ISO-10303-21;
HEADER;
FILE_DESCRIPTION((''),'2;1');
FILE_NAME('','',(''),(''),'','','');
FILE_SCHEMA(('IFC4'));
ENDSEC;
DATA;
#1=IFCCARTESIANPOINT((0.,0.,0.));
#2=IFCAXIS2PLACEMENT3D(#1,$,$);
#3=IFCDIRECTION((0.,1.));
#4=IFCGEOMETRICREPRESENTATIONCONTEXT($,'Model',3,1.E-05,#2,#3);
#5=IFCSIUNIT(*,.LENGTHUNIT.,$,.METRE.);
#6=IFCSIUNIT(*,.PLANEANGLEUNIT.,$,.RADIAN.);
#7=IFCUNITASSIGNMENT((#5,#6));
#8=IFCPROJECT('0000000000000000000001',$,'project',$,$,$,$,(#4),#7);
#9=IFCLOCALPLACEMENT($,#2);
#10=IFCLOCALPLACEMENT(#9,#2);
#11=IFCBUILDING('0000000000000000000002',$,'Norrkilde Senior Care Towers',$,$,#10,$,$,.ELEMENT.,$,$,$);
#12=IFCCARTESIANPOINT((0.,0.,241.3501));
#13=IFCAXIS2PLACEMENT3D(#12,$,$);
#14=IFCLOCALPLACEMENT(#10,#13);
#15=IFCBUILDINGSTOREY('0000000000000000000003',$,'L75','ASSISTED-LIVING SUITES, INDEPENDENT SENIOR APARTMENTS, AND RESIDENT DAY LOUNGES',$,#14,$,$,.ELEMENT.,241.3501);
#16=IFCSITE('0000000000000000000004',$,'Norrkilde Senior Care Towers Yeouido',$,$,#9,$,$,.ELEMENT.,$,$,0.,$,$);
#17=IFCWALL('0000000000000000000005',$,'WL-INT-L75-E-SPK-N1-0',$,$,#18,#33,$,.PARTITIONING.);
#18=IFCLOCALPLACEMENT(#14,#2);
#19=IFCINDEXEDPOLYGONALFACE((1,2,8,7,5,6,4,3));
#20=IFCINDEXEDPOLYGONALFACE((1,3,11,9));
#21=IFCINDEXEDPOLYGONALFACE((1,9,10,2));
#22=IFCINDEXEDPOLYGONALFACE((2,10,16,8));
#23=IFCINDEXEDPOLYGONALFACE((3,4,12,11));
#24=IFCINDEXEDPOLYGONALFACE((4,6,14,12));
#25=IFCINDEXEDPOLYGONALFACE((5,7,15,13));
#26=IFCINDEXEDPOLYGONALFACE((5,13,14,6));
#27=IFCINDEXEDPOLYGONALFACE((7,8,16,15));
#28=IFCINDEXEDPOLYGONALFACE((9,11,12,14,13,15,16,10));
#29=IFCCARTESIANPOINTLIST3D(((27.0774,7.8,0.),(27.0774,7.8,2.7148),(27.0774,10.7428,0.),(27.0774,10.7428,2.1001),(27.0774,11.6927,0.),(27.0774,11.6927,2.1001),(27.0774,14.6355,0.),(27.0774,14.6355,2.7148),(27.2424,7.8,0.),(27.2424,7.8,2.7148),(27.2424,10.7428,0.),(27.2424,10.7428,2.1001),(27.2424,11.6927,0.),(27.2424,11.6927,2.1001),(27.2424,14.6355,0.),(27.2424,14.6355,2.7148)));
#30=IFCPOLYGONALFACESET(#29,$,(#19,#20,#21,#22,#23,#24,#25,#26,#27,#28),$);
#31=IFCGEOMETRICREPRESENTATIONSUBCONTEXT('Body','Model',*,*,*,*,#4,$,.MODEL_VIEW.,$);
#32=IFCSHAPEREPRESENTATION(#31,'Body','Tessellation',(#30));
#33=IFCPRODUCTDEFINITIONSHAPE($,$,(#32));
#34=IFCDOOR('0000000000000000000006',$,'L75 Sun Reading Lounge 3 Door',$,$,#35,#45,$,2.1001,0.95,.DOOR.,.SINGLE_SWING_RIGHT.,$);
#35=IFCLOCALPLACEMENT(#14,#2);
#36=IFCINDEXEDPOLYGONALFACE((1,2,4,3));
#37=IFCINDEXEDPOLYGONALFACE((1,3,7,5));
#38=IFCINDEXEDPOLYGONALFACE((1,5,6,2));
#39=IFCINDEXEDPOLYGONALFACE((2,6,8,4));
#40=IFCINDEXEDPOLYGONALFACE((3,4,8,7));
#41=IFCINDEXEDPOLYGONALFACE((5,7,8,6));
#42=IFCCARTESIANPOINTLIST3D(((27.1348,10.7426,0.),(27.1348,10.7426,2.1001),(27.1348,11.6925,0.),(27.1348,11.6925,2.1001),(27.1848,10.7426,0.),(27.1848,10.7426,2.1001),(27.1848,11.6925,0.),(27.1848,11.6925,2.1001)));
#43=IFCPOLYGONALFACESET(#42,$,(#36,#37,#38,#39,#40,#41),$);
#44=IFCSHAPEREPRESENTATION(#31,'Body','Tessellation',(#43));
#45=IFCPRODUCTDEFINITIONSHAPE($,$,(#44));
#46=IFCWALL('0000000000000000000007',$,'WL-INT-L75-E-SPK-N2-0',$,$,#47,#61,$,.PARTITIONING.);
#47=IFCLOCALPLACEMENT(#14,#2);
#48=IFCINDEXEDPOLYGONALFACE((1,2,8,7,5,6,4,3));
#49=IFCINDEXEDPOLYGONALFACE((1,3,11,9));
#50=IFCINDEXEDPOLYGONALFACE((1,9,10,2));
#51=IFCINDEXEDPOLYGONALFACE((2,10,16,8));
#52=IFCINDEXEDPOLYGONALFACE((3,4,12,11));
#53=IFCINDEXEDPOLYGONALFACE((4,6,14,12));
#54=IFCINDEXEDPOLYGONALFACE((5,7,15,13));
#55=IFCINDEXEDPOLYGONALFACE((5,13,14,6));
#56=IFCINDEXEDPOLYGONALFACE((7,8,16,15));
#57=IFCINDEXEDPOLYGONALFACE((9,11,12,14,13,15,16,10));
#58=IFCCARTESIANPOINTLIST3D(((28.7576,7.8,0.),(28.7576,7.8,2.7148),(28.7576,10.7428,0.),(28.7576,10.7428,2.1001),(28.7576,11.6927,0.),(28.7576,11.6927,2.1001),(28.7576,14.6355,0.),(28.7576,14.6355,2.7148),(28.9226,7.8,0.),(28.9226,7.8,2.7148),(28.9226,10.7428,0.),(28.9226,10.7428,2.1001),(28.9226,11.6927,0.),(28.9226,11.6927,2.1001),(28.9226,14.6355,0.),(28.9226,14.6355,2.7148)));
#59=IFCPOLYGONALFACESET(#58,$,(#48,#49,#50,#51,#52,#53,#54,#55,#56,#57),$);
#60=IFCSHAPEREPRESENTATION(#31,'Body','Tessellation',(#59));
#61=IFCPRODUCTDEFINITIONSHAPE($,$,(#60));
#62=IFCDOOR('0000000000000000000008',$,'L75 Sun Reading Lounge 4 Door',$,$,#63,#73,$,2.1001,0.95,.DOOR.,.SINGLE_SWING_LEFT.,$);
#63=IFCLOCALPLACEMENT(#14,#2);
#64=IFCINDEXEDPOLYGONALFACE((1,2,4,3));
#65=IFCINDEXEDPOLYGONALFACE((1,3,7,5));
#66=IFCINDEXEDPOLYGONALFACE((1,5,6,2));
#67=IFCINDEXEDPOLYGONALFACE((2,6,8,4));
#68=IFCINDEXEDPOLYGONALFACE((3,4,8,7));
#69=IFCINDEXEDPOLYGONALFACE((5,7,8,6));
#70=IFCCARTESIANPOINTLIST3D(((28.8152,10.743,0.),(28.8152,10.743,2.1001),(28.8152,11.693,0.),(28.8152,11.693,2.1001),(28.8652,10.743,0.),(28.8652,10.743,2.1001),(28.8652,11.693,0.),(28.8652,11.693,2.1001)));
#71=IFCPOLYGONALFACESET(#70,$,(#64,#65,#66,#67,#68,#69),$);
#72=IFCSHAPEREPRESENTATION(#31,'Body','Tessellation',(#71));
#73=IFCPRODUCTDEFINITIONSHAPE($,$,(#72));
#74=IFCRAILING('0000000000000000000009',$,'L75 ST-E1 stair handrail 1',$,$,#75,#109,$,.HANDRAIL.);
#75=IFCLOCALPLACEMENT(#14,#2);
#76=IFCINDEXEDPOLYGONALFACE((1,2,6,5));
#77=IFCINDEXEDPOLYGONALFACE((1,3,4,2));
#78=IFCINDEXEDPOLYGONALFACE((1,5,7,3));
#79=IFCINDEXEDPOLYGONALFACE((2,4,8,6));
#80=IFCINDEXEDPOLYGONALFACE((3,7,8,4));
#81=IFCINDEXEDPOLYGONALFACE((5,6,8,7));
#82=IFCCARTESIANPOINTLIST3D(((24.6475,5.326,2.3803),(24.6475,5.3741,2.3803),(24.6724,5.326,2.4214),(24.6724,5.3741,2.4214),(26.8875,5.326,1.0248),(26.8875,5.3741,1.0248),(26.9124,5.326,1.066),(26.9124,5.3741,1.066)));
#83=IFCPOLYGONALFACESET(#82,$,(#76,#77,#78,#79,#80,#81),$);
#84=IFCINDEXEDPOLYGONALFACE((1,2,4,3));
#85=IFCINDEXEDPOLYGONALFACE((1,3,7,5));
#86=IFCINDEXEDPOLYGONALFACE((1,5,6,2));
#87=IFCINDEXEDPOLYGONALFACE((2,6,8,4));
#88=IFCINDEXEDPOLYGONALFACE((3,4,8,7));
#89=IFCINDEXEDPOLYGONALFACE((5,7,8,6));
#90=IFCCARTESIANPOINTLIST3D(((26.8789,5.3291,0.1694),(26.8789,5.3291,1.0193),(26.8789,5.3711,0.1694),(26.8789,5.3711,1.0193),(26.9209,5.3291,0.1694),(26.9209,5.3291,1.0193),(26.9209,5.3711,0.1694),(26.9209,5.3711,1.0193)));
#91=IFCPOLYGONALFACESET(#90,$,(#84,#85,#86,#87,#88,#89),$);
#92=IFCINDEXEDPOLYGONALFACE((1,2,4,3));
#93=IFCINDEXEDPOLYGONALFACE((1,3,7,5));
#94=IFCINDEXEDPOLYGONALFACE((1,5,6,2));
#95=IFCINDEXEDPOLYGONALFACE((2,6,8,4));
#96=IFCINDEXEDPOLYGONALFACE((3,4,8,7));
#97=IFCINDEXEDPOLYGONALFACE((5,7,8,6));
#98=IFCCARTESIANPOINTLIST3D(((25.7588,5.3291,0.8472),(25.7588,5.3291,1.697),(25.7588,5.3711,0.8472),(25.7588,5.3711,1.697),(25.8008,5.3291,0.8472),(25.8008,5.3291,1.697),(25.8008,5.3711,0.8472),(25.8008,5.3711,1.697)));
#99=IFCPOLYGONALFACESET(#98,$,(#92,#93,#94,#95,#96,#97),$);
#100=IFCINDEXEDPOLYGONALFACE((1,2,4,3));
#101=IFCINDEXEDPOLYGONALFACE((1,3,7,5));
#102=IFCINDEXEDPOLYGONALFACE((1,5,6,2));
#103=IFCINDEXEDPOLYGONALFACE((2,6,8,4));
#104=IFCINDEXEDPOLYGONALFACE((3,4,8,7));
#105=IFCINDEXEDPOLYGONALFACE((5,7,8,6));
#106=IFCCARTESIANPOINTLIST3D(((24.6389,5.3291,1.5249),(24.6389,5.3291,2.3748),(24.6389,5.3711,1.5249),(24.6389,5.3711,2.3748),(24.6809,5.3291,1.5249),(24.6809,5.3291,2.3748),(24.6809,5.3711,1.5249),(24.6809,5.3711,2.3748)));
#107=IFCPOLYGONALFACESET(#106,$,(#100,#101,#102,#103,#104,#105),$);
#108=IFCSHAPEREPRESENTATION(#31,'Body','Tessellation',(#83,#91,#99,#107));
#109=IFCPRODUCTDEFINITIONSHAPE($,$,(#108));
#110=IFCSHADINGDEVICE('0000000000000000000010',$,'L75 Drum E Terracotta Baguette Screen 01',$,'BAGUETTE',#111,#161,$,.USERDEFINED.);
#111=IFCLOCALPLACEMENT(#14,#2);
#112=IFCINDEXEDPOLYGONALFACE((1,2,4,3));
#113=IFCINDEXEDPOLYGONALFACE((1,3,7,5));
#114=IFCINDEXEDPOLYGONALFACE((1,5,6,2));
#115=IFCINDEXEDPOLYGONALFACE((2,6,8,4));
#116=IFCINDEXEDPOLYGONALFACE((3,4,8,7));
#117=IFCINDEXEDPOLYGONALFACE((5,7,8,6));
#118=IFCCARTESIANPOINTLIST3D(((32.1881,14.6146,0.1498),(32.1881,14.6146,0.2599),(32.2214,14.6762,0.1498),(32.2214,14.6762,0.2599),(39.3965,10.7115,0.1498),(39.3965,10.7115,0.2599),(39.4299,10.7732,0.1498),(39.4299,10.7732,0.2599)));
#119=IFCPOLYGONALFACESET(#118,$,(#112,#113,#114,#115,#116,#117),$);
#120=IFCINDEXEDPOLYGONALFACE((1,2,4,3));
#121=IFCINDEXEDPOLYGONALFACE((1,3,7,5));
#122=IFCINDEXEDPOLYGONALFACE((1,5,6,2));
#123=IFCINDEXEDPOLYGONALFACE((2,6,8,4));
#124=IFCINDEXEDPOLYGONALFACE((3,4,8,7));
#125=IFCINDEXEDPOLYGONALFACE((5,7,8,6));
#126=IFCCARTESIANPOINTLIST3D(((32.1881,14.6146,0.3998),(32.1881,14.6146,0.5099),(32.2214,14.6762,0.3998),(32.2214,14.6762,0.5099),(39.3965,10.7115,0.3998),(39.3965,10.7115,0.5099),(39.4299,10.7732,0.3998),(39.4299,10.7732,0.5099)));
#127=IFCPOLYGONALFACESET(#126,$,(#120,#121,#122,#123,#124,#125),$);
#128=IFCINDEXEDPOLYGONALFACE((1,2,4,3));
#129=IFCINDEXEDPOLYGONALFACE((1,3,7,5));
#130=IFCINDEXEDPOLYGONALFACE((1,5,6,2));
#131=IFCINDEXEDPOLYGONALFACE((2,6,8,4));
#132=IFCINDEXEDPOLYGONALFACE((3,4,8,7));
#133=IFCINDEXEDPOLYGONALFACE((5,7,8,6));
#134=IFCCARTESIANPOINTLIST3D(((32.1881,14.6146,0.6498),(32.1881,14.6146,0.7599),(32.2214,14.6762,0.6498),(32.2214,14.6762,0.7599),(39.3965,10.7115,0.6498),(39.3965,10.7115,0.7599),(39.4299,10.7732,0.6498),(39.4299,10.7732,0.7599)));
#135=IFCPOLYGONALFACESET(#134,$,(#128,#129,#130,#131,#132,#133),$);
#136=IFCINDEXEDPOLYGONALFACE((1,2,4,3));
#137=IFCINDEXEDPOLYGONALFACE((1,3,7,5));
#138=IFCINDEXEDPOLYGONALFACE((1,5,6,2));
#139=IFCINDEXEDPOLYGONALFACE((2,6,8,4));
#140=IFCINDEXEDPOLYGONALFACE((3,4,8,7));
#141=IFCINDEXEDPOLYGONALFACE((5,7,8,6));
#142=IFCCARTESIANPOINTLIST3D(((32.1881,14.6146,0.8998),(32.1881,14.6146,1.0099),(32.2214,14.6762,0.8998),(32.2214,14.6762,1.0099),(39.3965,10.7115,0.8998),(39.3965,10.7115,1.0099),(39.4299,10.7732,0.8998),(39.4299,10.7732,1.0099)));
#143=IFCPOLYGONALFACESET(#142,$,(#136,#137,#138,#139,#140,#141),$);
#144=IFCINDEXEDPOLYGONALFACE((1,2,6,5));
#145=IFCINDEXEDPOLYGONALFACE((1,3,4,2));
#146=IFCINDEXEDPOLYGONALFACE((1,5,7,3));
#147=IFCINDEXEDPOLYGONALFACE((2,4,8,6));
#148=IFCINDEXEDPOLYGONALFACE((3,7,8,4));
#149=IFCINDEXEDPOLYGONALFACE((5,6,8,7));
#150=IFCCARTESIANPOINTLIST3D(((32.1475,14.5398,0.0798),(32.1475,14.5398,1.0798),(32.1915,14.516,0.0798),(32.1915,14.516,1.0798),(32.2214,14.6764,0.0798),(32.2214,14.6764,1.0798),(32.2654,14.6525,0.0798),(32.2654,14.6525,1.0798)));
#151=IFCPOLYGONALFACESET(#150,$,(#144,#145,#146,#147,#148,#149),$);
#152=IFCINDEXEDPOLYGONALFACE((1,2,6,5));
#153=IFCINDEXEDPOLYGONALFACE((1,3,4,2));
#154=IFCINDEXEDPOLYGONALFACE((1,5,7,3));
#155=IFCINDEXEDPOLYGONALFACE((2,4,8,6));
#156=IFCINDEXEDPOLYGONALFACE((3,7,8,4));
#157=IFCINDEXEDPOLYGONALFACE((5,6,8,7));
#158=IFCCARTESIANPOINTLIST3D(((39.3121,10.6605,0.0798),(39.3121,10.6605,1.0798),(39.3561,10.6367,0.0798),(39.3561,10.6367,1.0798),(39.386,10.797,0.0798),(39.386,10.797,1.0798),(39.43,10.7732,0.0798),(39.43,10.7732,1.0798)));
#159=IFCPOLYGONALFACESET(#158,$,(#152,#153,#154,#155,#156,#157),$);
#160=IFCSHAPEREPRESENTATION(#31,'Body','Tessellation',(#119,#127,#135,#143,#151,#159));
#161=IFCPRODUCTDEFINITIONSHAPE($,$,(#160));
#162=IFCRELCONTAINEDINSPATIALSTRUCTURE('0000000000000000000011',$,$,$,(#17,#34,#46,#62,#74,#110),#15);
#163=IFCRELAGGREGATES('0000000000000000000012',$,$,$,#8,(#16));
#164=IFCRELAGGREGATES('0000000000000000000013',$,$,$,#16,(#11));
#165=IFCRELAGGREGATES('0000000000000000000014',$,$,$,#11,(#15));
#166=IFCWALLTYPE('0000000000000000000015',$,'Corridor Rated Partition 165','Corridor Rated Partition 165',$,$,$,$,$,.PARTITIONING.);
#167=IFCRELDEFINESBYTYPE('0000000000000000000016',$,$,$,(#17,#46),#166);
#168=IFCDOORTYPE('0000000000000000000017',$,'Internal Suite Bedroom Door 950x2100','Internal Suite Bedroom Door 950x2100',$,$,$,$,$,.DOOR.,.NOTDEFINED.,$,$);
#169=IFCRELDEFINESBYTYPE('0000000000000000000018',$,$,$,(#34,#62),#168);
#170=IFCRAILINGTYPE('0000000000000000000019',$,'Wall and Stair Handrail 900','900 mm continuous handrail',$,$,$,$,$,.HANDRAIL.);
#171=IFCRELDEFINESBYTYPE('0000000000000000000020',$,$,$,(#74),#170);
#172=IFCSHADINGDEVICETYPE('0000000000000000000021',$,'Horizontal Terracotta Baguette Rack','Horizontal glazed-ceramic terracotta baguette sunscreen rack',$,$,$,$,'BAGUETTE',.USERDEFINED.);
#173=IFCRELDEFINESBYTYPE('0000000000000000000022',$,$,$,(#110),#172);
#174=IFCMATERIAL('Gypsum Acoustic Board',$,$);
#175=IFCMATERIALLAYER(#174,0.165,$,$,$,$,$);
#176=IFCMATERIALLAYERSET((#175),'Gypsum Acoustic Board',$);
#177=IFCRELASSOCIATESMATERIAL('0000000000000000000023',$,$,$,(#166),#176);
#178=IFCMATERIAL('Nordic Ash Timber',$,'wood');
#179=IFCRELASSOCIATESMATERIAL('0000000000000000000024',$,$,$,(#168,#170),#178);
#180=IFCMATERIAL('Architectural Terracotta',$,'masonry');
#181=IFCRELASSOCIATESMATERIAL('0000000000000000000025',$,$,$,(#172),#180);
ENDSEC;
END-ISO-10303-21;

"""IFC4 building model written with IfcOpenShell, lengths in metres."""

from ifc_helpers import new_model, si_unit, direction, frame, frame_2d, origin, origin_2d, place, context, subcontext, project, spatial, rectangle, extrude, source, transform, mapped, material, layer, layer_set, type_object, type_shapes, element, fill, save


model = new_model("IFC4")

# Units and contexts
model_context = context("Model", 3, precision=1e-05, world=origin(), true_north=direction((0.0, 1.0)))
body_context = subcontext(model_context, "Body", "Model", "MODEL_VIEW")
ifc_project = project(units=[si_unit("LENGTHUNIT", "METRE"), si_unit("PLANEANGLEUNIT", "RADIAN")], contexts=[model_context])

# Site, building, storey
site_placement = place(None, origin())
site = spatial("IfcSite", under=ifc_project, at=site_placement, Name="Norrkilde Senior Care Towers Yeouido", CompositionType="ELEMENT", RefElevation=0.0)
building_placement = place(site_placement, origin())
building = spatial("IfcBuilding", under=site, at=building_placement, Name="Norrkilde Senior Care Towers", CompositionType="ELEMENT")
storey_placement = place(building_placement, frame((0.0, 0.0, 241.3501)))
storey = spatial("IfcBuildingStorey", under=building, at=storey_placement, Name="L75", Description="ASSISTED-LIVING SUITES, INDEPENDENT SENIOR APARTMENTS, AND RESIDENT DAY LOUNGES", CompositionType="ELEMENT", Elevation=241.3501)

# Shared definitions
ifc_material_1 = material(Name="Gypsum Acoustic Board")
ifc_layer_1 = layer(ifc_material_1, 0.165)
ifc_layer_set_1 = layer_set([ifc_layer_1], Name="Gypsum Acoustic Board")
wall_type = type_object("IfcWallType", Name="Corridor Rated Partition 165", Description="Corridor Rated Partition 165", PredefinedType="PARTITIONING", material=ifc_layer_set_1)
ifc_material_2 = material(Name="Nordic Ash Timber", Category="wood")

# Walls, openings, doors
shared_shape_1 = source(origin(), body_context, "Body", "SweptSolid", [
    extrude(rectangle(XDim=6.8354, YDim=0.165, at=frame_2d((3.4177, 0.0))), origin(), (0.0, 0.0, 1.0), 2.7148),
])
wall_1_placement = place(storey_placement, frame((27.1599, 7.8, 0.0), z_axis=(0.0, 0.0, 1.0), x_axis=(0.0, 1.0, 0.0)))
wall_1 = element("IfcWall", 1, at=wall_1_placement, inside=storey, type_object=wall_type, Name="WL-INT-L75-E-SPK-N1-0", PredefinedType="PARTITIONING", context=body_context, shape_type="MappedRepresentation", body=[
    mapped(shared_shape_1, transform((0.0, 0.0, 0.0), x_axis=(1.0, 0.0, 0.0), y_axis=(0.0, 1.0, 0.0), z_axis=(0.0, 0.0, 1.0), scale=1.0)),
])
opening_1_placement = place(wall_1_placement, frame((2.9426, 0.0, 0.0)))
opening_1 = element("IfcOpeningElement", 2, at=opening_1_placement, cuts=wall_1, PredefinedType="OPENING", context=body_context, shape_type="SweptSolid", body=[
    extrude(rectangle(XDim=0.95, YDim=2.1001, at=frame_2d((0.4751, 1.05))), frame((0.0, 0.0925, 0.0), z_axis=(0.0, -1.0, 0.0), x_axis=(1.0, 0.0, 0.0)), (0.0, 0.0, 1.0), 0.1851),
])
door_type_1 = type_object("IfcDoorType", Name="Internal Suite Bedroom Door 950x2100", Description="Internal Suite Bedroom Door 950x2100", OperationType="NOTDEFINED", PredefinedType="DOOR", material=ifc_material_2)
shared_shape_2 = source(origin(), body_context, "Body", "SweptSolid", [
    extrude(rectangle(XDim=0.95, YDim=2.1001, at=frame_2d((0.4751, 1.05))), frame((0.0, 0.0249, 0.0), z_axis=(0.0, -1.0, 0.0), x_axis=(1.0, 0.0, 0.0)), (0.0, 0.0, 1.0), 0.05),
])
type_shapes(door_type_1, [shared_shape_2])
door_1_placement = place(opening_1_placement, frame((0.95, 0.0, 0.0), z_axis=(0.0, 0.0, 1.0), x_axis=(-1.0, 0.0, 0.0)))
door_1 = element("IfcDoor", 3, at=door_1_placement, inside=storey, type_object=door_type_1, Name="L75 Sun Reading Lounge 3 Door", OperationType="SINGLE_SWING_RIGHT", OverallHeight=2.1001, OverallWidth=0.95, PredefinedType="DOOR", context=body_context, shape_type="MappedRepresentation", body=[
    mapped(shared_shape_2, transform((0.0, 0.0, 0.0), x_axis=(1.0, 0.0, 0.0), y_axis=(0.0, 1.0, 0.0), z_axis=(0.0, 0.0, 1.0), scale=1.0)),
])
fill(opening_1, door_1)
wall_2_placement = place(storey_placement, frame((28.8401, 14.6355, 0.0), z_axis=(0.0, 0.0, 1.0), x_axis=(0.0, -1.0, 0.0)))
wall_2 = element("IfcWall", 4, at=wall_2_placement, inside=storey, type_object=wall_type, Name="WL-INT-L75-E-SPK-N2-0", PredefinedType="PARTITIONING", context=body_context, shape_type="MappedRepresentation", body=[
    mapped(shared_shape_1, transform((0.0, 0.0, 0.0), x_axis=(1.0, 0.0, 0.0), y_axis=(0.0, 1.0, 0.0), z_axis=(0.0, 0.0, 1.0), scale=1.0)),
])
opening_2_placement = place(wall_2_placement, frame((2.9426, 0.0, 0.0)))
opening_2 = element("IfcOpeningElement", 5, at=opening_2_placement, cuts=wall_2, PredefinedType="OPENING", context=body_context, shape_type="SweptSolid", body=[
    extrude(rectangle(XDim=0.95, YDim=2.1001, at=frame_2d((0.4751, 1.05))), frame((0.0, 0.0925, 0.0), z_axis=(0.0, -1.0, 0.0), x_axis=(1.0, 0.0, 0.0)), (0.0, 0.0, 1.0), 0.1851),
])
door_2_placement = place(opening_2_placement, frame((0.95, 0.0, 0.0), z_axis=(0.0, 0.0, 1.0), x_axis=(-1.0, 0.0, 0.0)))
door_2 = element("IfcDoor", 6, at=door_2_placement, inside=storey, type_object=door_type_1, Name="L75 Sun Reading Lounge 4 Door", OperationType="SINGLE_SWING_LEFT", OverallHeight=2.1001, OverallWidth=0.95, PredefinedType="DOOR", context=body_context, shape_type="MappedRepresentation", body=[
    mapped(shared_shape_2, transform((0.0, 0.0, 0.0), x_axis=(1.0, 0.0, 0.0), y_axis=(0.0, 1.0, 0.0), z_axis=(0.0, 0.0, 1.0), scale=1.0)),
])
fill(opening_2, door_2)

# Railing
railing_type = type_object("IfcRailingType", Name="Wall and Stair Handrail 900", Description="900 mm continuous handrail", PredefinedType="HANDRAIL", material=ifc_material_2)
railing_placement = place(storey_placement, frame((26.8999, 5.3501, 0.1694)))
element("IfcRailing", 7, at=railing_placement, inside=storey, type_object=railing_type, Name="L75 ST-E1 stair handrail 1", PredefinedType="HANDRAIL", context=body_context, shape_type="SweptSolid", body=[
    extrude(rectangle(XDim=0.0481, YDim=0.0481, at=origin_2d()), frame((0.0, 0.0, 0.876), z_axis=(-0.855553, 0.0, 0.517715), x_axis=(0.0, -1.0, 0.0)), (0.0, 0.0, 1.0), 2.6182),
    extrude(rectangle(XDim=0.042, YDim=0.042, at=origin_2d()), origin(), (0.0, 0.0, 1.0), 0.8499),
    extrude(rectangle(XDim=0.042, YDim=0.042, at=origin_2d()), frame((-1.1201, 0.0, 0.6777)), (0.0, 0.0, 1.0), 0.8499),
    extrude(rectangle(XDim=0.042, YDim=0.042, at=origin_2d()), frame((-2.24, 0.0, 1.3555)), (0.0, 0.0, 1.0), 0.8499),
])

# Shading device
ifc_material_3 = material(Name="Architectural Terracotta", Category="masonry")
shading_device_type = type_object("IfcShadingDeviceType", Name="Horizontal Terracotta Baguette Rack", Description="Horizontal glazed-ceramic terracotta baguette sunscreen rack", ElementType="BAGUETTE", PredefinedType="USERDEFINED", material=ifc_material_3)
shared_shape_3 = source(origin(), body_context, "Body", "SweptSolid", [
    extrude(rectangle(XDim=0.0701, YDim=0.1101, at=origin_2d()), frame((0.0, 0.0901, 0.125), z_axis=(1.0, 0.0, 0.0), x_axis=(0.0, 1.0, 0.0)), (0.0, 0.0, 1.0), 8.1973),
    extrude(rectangle(XDim=0.0701, YDim=0.1101, at=origin_2d()), frame((0.0, 0.0901, 0.375), z_axis=(1.0, 0.0, 0.0), x_axis=(0.0, 1.0, 0.0)), (0.0, 0.0, 1.0), 8.1973),
    extrude(rectangle(XDim=0.0701, YDim=0.1101, at=origin_2d()), frame((0.0, 0.0901, 0.625), z_axis=(1.0, 0.0, 0.0), x_axis=(0.0, 1.0, 0.0)), (0.0, 0.0, 1.0), 8.1973),
    extrude(rectangle(XDim=0.0701, YDim=0.1101, at=origin_2d()), frame((0.0, 0.0901, 0.875), z_axis=(1.0, 0.0, 0.0), x_axis=(0.0, 1.0, 0.0)), (0.0, 0.0, 1.0), 8.1973),
    extrude(rectangle(XDim=0.05, YDim=0.1553, at=origin_2d()), frame((0.0249, 0.0476, 0.0)), (0.0, 0.0, 1.0), 1.0),
    extrude(rectangle(XDim=0.05, YDim=0.1553, at=origin_2d()), frame((8.1724, 0.0476, 0.0)), (0.0, 0.0, 1.0), 1.0),
])
type_shapes(shading_device_type, [shared_shape_3])
shading_device_placement = place(storey_placement, frame((32.1619, 14.5662, 0.0798), z_axis=(0.0, 0.0, 1.0), x_axis=(0.879378, -0.476144, 0.0)))
element("IfcShadingDevice", 8, at=shading_device_placement, inside=storey, type_object=shading_device_type, Name="L75 Drum E Terracotta Baguette Screen 01", ObjectType="BAGUETTE", PredefinedType="USERDEFINED", context=body_context, shape_type="MappedRepresentation", body=[
    mapped(shared_shape_3, transform((0.0, 0.0, 0.0), x_axis=(1.0, 0.0, 0.0), y_axis=(0.0, 1.0, 0.0), z_axis=(0.0, 0.0, 1.0), scale=1.0)),
])

save(model, "model.ifc")
